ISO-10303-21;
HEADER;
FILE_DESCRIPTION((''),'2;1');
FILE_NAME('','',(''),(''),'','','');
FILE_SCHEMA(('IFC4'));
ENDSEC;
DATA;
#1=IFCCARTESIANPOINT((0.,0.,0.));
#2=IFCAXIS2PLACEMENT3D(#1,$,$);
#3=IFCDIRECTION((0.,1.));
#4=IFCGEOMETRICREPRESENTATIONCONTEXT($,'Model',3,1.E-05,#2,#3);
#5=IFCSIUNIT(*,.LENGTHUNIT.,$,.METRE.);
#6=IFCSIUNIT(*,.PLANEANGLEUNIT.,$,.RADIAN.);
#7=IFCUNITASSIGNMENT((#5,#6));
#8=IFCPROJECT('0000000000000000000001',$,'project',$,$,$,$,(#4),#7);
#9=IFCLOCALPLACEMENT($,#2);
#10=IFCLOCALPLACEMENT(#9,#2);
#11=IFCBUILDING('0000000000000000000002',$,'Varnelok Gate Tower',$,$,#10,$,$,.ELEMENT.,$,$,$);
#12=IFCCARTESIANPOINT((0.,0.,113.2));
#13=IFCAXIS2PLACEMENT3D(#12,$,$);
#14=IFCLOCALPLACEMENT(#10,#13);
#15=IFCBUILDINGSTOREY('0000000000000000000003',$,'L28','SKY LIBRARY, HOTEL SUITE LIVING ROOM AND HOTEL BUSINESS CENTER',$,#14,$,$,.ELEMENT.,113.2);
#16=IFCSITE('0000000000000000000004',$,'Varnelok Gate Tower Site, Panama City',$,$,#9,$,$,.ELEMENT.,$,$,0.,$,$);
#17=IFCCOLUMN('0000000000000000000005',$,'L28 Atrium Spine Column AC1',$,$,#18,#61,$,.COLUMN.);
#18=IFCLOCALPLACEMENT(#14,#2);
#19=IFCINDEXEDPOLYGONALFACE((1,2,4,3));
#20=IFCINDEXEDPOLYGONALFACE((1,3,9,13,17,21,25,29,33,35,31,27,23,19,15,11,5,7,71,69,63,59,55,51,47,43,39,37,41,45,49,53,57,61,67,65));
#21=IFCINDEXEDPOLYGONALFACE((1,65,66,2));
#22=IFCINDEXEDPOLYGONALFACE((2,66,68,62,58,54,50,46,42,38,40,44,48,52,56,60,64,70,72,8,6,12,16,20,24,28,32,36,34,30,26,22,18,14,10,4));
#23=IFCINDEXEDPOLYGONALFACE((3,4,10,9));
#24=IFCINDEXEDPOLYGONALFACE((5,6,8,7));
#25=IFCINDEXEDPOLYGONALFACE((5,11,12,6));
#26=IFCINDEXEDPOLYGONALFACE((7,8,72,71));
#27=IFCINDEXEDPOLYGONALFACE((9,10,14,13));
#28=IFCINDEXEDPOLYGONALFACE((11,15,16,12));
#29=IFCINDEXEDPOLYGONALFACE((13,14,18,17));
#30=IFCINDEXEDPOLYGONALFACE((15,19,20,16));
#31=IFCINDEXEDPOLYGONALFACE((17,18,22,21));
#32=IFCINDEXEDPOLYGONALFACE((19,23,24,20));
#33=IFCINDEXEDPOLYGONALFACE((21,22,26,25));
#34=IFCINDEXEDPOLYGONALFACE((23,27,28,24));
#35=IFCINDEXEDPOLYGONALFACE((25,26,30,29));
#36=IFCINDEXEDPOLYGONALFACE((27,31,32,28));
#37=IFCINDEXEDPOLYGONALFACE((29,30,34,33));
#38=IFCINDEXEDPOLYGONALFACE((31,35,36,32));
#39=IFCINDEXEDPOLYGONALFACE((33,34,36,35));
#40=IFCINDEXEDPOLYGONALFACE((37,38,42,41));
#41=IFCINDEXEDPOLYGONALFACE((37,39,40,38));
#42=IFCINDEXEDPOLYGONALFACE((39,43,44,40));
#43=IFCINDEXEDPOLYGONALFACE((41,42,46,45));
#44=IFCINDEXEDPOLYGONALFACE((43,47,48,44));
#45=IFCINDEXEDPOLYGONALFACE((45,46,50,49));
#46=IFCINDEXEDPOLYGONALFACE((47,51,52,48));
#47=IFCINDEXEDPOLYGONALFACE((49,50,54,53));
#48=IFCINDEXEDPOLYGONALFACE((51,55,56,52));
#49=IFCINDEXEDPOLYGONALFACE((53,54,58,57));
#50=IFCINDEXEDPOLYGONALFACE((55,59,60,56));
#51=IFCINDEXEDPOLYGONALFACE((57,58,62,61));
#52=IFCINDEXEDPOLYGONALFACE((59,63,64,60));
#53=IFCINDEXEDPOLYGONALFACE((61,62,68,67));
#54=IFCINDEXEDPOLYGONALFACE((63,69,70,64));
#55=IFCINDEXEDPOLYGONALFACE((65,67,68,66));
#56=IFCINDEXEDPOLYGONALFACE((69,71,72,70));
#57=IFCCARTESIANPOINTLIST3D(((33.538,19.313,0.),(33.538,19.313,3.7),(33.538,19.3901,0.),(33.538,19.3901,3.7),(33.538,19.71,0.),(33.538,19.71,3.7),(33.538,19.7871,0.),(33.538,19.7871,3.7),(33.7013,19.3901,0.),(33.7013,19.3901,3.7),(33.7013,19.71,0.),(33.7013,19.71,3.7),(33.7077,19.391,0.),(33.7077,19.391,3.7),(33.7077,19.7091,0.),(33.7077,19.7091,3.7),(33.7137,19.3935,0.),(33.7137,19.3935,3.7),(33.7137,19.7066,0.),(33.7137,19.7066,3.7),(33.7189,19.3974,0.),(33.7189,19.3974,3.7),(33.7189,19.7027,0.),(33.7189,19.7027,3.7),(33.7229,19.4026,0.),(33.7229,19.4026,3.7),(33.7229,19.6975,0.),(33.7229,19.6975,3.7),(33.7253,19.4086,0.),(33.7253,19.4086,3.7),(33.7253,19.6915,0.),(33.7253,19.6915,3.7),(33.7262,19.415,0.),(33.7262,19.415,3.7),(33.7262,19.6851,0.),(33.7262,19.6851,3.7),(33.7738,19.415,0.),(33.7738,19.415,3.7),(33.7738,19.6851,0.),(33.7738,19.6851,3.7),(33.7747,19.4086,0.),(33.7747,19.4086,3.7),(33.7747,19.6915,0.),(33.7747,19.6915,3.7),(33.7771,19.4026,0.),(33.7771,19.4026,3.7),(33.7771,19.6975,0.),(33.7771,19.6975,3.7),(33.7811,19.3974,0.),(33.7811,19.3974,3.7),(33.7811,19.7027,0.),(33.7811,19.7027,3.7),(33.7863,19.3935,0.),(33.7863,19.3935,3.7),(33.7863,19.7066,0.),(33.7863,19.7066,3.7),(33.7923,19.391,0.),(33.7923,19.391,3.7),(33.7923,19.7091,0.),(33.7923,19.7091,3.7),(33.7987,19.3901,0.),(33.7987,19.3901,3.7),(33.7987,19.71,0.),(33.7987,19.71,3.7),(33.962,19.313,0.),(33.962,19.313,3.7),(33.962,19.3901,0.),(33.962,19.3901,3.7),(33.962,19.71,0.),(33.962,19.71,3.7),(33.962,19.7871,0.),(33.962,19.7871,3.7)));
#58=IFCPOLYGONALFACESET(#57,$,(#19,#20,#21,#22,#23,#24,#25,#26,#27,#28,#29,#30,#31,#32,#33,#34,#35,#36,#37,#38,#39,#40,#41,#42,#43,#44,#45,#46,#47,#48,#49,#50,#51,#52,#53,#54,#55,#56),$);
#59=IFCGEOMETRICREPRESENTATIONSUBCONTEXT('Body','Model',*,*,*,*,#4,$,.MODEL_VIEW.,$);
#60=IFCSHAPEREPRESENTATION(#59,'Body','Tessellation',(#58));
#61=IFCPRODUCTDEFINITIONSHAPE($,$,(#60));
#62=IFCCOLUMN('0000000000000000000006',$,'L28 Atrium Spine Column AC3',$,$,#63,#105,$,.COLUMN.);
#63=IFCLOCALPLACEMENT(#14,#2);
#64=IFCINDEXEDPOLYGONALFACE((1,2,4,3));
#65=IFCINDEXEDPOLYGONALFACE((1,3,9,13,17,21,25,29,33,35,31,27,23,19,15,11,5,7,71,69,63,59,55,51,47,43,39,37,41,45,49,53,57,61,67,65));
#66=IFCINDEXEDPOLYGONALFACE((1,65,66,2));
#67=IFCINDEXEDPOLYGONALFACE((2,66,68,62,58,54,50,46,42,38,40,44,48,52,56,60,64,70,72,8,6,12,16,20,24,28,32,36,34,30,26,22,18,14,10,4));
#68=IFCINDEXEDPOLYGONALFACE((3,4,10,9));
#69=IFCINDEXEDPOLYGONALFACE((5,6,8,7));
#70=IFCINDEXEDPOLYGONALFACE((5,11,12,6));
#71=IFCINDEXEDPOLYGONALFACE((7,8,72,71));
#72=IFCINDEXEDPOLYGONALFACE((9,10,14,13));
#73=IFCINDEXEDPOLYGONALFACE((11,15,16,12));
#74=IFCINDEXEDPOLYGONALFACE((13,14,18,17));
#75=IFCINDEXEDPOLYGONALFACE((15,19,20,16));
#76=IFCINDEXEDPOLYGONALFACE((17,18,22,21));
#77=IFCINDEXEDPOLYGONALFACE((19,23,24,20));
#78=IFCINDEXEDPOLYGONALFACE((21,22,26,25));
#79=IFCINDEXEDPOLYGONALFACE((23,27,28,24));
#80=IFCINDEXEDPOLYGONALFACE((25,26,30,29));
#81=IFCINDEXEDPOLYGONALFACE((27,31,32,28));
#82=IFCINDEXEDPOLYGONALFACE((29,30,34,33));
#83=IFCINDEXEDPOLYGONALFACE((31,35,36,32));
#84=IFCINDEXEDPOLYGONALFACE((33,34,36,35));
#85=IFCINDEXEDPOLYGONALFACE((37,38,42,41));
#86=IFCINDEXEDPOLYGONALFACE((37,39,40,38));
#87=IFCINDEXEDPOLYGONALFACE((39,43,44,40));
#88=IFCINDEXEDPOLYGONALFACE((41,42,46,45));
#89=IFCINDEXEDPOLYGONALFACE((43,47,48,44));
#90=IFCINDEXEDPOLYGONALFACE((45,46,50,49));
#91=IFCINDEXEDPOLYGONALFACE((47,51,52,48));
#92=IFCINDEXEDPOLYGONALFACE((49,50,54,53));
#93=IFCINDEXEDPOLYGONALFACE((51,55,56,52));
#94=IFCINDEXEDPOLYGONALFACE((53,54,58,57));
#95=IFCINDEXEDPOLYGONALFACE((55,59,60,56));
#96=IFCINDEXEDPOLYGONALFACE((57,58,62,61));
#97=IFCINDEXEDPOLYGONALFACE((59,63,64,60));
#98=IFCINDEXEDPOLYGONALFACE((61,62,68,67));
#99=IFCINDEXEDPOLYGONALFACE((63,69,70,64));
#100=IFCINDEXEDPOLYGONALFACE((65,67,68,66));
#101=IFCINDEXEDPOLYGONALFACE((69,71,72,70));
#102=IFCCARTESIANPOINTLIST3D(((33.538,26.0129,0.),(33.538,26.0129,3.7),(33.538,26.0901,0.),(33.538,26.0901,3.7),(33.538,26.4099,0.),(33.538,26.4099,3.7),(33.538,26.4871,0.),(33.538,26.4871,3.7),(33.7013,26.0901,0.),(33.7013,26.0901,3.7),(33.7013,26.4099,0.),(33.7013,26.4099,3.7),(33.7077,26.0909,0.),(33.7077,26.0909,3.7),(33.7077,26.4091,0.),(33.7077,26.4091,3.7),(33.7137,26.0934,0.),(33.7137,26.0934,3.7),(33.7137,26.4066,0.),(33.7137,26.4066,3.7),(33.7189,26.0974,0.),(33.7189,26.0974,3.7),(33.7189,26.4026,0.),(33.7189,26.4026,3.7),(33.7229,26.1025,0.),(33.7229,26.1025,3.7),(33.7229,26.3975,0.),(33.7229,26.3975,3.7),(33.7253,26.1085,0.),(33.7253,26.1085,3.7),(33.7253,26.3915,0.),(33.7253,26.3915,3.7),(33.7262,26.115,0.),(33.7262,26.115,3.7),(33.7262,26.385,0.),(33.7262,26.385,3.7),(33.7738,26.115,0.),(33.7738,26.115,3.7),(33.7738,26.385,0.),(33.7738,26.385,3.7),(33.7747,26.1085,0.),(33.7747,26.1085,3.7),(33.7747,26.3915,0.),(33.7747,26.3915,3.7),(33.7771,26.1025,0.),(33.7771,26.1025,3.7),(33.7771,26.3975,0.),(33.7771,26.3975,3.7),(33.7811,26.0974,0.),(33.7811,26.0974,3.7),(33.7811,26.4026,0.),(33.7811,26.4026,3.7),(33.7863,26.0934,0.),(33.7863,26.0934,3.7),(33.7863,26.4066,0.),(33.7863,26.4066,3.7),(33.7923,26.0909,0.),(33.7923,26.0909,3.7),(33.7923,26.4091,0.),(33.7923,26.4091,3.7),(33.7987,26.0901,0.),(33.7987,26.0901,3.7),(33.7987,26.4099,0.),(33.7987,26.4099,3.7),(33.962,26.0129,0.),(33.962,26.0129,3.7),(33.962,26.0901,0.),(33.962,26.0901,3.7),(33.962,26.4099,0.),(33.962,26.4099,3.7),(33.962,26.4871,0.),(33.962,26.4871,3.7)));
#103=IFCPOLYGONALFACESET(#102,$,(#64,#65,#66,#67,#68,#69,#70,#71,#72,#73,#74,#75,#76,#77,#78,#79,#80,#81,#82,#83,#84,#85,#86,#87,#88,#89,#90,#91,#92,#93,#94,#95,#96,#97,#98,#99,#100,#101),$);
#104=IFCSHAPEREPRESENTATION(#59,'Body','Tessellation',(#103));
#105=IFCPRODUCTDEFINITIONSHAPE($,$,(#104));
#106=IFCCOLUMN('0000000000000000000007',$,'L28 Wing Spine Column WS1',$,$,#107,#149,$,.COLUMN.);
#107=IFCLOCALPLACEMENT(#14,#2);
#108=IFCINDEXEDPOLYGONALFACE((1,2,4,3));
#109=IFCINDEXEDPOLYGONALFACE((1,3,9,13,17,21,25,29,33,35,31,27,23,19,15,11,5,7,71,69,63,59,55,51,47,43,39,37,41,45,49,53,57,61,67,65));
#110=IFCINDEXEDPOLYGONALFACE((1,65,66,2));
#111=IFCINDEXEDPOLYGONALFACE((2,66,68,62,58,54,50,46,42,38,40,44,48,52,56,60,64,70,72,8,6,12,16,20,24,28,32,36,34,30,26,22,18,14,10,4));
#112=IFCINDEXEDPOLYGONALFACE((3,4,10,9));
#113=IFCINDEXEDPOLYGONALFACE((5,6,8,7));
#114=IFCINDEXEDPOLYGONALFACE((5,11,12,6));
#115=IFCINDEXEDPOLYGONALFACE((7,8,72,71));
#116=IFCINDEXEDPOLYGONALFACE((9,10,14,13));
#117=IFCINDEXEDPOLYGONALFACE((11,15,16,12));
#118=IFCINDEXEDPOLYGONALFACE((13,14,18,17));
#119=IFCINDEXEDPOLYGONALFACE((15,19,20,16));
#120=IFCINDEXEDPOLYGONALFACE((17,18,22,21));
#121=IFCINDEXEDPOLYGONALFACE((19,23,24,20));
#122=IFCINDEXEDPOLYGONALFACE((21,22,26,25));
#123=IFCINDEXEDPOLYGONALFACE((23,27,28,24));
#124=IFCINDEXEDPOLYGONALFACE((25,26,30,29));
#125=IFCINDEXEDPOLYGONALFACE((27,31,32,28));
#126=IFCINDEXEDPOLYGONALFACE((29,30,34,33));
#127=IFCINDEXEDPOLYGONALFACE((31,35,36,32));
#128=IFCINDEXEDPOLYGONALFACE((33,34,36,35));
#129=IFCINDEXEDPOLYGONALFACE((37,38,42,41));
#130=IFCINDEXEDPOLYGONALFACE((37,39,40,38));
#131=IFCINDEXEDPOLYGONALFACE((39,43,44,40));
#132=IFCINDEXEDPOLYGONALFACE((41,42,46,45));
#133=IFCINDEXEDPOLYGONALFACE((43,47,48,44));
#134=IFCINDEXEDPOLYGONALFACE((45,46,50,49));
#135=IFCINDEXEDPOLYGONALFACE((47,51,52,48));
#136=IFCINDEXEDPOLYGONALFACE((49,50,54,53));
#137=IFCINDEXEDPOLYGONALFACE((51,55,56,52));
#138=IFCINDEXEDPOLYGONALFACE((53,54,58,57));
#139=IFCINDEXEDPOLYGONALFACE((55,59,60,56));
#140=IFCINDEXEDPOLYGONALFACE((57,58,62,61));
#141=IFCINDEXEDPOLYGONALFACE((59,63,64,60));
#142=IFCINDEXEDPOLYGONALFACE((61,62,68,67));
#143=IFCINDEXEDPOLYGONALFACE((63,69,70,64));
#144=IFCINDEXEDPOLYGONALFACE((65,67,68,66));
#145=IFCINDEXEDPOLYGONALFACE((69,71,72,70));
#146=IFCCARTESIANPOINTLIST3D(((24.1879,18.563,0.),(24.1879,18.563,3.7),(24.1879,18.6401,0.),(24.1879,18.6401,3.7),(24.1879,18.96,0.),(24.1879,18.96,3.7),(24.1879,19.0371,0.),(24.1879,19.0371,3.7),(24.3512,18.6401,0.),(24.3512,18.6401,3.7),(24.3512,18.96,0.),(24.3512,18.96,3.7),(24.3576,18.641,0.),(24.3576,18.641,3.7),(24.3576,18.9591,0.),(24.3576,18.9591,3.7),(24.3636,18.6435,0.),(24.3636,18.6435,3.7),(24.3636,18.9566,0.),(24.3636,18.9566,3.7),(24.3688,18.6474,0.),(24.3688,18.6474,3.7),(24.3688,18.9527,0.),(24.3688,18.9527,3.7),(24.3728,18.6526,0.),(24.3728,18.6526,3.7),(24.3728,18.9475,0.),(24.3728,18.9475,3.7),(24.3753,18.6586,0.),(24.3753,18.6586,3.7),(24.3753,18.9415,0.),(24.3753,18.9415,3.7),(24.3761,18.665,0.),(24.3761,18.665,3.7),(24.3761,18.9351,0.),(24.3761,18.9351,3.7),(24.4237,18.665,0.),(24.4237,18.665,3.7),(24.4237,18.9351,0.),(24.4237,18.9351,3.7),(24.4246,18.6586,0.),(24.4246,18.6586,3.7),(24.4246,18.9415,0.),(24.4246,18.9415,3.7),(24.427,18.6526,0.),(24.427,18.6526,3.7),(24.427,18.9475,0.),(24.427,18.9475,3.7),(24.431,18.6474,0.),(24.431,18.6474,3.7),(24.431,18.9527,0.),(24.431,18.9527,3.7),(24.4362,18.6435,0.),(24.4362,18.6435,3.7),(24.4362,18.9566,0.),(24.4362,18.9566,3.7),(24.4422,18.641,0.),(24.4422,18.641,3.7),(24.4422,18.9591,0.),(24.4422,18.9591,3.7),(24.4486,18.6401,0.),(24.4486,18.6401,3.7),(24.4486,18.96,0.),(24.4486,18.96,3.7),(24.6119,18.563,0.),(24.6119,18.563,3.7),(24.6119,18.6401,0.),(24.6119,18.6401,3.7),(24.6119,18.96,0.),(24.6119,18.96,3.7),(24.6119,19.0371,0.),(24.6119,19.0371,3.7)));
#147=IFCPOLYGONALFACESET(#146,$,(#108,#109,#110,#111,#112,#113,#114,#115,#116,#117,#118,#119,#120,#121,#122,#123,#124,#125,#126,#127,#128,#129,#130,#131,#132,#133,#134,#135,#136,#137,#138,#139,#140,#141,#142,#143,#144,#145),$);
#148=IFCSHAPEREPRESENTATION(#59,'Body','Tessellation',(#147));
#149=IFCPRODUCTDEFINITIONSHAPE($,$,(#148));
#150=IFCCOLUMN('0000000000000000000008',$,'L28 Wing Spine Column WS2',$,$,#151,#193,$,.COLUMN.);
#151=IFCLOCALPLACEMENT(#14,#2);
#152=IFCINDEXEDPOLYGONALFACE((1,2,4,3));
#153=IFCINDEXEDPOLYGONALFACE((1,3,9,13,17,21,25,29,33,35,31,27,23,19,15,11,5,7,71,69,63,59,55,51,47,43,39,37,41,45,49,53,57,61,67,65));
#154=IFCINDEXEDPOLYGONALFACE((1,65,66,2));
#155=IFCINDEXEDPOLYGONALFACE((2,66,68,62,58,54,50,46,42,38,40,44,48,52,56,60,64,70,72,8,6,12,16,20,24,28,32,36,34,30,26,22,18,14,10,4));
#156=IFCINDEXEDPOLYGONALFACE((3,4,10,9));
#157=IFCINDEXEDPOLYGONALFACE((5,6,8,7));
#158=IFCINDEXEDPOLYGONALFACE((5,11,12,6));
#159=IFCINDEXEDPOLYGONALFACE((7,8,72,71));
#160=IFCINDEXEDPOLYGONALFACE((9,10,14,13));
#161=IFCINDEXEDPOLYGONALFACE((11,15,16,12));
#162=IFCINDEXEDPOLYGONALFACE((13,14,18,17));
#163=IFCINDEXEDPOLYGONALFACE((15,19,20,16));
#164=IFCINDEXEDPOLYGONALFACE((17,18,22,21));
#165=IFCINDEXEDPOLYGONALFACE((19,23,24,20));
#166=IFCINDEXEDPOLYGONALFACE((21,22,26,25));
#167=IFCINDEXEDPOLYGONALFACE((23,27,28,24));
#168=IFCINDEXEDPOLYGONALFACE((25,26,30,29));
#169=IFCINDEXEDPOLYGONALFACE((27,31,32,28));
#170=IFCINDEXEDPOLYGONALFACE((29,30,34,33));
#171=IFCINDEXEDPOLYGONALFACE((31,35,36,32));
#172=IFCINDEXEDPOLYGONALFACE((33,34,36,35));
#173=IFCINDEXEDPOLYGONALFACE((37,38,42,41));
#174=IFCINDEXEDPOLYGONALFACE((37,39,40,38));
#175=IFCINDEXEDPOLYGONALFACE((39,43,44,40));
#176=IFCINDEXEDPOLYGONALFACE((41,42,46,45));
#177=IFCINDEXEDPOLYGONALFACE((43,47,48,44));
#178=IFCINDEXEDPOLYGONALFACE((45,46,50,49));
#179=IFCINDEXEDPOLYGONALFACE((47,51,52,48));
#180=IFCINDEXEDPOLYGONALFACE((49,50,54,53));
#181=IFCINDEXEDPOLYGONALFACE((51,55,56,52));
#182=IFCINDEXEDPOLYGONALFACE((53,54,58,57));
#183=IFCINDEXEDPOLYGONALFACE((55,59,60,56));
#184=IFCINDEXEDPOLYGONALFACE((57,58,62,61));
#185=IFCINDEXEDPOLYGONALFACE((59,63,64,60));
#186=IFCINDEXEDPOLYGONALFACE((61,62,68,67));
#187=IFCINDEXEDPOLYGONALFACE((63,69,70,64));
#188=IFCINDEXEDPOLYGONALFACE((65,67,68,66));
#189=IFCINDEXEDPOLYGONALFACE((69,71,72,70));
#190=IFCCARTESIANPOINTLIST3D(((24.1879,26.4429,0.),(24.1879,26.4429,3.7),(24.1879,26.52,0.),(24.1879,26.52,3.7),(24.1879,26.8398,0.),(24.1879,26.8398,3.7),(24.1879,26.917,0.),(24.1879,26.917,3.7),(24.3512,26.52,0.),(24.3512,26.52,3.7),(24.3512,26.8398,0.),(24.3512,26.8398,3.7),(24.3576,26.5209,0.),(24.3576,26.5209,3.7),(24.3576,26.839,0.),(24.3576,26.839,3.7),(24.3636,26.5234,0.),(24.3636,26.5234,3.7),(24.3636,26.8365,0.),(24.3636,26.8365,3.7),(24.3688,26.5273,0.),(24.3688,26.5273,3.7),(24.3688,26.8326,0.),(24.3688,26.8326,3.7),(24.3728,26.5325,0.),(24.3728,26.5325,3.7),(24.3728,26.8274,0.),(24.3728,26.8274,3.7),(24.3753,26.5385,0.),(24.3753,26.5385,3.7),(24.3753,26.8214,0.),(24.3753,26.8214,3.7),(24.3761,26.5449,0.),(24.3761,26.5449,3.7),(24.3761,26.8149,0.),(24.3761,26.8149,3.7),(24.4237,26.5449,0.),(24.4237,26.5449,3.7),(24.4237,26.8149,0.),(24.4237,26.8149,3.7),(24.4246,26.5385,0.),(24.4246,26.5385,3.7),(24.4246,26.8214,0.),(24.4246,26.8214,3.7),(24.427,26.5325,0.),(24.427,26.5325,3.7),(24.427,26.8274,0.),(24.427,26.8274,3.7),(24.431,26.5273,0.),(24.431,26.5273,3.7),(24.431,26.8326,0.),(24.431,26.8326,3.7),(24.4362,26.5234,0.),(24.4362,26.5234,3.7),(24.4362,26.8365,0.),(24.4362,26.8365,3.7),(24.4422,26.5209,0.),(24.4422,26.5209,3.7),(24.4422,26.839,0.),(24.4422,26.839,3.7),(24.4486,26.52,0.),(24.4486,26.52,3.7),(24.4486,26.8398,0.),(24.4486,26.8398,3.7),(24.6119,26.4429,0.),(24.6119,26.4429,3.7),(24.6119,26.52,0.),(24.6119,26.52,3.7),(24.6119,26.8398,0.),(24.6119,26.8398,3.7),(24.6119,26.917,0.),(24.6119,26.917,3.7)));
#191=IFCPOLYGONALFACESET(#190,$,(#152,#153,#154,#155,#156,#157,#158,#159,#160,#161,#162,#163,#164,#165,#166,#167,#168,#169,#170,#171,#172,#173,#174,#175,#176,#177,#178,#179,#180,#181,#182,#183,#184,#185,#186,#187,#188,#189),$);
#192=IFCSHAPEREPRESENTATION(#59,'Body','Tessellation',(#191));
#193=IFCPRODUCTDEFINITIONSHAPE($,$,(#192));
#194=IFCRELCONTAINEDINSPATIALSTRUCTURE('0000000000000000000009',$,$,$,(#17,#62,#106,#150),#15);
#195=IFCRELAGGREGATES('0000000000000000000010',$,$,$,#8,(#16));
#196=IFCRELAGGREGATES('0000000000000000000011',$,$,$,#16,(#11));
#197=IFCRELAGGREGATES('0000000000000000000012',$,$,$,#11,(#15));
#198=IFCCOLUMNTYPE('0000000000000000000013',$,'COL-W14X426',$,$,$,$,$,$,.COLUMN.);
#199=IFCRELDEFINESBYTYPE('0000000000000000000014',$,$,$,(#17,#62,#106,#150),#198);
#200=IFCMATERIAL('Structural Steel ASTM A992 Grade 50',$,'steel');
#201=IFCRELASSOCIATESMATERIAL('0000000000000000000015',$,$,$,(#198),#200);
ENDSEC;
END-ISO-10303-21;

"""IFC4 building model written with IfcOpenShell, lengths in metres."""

from ifc_helpers import new_model, si_unit, direction, frame, origin, origin_2d, place, context, subcontext, project, spatial, i_section, extrude, material, material_profile, profile_set, type_object, element, save


model = new_model("IFC4")

# Units and contexts
model_context = context("Model", 3, precision=1e-05, world=origin(), true_north=direction((0.0, 1.0)))
body_context = subcontext(model_context, "Body", "Model", "MODEL_VIEW")
ifc_project = project(units=[si_unit("LENGTHUNIT", "METRE"), si_unit("PLANEANGLEUNIT", "RADIAN")], contexts=[model_context])

# Site, building, storey
site_placement = place(None, origin())
site = spatial("IfcSite", under=ifc_project, at=site_placement, Name="Varnelok Gate Tower Site, Panama City", CompositionType="ELEMENT", RefElevation=0.0)
building_placement = place(site_placement, origin())
building = spatial("IfcBuilding", under=site, at=building_placement, Name="Varnelok Gate Tower", CompositionType="ELEMENT")
storey_placement = place(building_placement, frame((0.0, 0.0, 113.2)))
storey = spatial("IfcBuildingStorey", under=building, at=storey_placement, Name="L28", Description="SKY LIBRARY, HOTEL SUITE LIVING ROOM AND HOTEL BUSINESS CENTER", CompositionType="ELEMENT", Elevation=113.2)

# Columns
ifc_material_1 = material(Name="Structural Steel ASTM A992 Grade 50", Category="steel")
ifc_material_profile_1 = material_profile(ifc_material_1, i_section(OverallWidth=0.4241, OverallDepth=0.4741, WebThickness=0.0476, FlangeThickness=0.0771, FilletRadius=0.0249, at=origin_2d()), Name="W14X426")
ifc_profile_set_1 = profile_set([ifc_material_profile_1], Name="Structural Steel ASTM A992 Grade 50")
column_type = type_object("IfcColumnType", Name="COL-W14X426", PredefinedType="COLUMN", material=ifc_profile_set_1)
for number, where, z_axis, x_axis, name in (
    (1, (33.75, 19.55, 0.0), (0.0, 0.0, 1.0), (1.0, 0.0, 0.0), "L28 Atrium Spine Column AC1"),
    (2, (33.75, 26.25, 0.0), (0.0, 0.0, 1.0), (1.0, 0.0, 0.0), "L28 Atrium Spine Column AC3"),
    (3, (24.3999, 18.8, 0.0), (0.0, 0.0, 1.0), (1.0, 0.0, 0.0), "L28 Wing Spine Column WS1"),
    (4, (24.3999, 26.6799, 0.0), (0.0, 0.0, 1.0), (1.0, 0.0, 0.0), "L28 Wing Spine Column WS2"),
):
    element("IfcColumn", number, at=place(storey_placement, frame(where, z_axis=z_axis, x_axis=x_axis)), inside=storey, type_object=column_type, Name=name, PredefinedType="COLUMN", context=body_context, shape_type="SweptSolid", body=[
        extrude(i_section(OverallWidth=0.4241, OverallDepth=0.4741, WebThickness=0.0476, FlangeThickness=0.0771, FilletRadius=0.0249, at=origin_2d()), origin(), (0.0, 0.0, 1.0), 3.7),
    ])

save(model, "model.ifc")
